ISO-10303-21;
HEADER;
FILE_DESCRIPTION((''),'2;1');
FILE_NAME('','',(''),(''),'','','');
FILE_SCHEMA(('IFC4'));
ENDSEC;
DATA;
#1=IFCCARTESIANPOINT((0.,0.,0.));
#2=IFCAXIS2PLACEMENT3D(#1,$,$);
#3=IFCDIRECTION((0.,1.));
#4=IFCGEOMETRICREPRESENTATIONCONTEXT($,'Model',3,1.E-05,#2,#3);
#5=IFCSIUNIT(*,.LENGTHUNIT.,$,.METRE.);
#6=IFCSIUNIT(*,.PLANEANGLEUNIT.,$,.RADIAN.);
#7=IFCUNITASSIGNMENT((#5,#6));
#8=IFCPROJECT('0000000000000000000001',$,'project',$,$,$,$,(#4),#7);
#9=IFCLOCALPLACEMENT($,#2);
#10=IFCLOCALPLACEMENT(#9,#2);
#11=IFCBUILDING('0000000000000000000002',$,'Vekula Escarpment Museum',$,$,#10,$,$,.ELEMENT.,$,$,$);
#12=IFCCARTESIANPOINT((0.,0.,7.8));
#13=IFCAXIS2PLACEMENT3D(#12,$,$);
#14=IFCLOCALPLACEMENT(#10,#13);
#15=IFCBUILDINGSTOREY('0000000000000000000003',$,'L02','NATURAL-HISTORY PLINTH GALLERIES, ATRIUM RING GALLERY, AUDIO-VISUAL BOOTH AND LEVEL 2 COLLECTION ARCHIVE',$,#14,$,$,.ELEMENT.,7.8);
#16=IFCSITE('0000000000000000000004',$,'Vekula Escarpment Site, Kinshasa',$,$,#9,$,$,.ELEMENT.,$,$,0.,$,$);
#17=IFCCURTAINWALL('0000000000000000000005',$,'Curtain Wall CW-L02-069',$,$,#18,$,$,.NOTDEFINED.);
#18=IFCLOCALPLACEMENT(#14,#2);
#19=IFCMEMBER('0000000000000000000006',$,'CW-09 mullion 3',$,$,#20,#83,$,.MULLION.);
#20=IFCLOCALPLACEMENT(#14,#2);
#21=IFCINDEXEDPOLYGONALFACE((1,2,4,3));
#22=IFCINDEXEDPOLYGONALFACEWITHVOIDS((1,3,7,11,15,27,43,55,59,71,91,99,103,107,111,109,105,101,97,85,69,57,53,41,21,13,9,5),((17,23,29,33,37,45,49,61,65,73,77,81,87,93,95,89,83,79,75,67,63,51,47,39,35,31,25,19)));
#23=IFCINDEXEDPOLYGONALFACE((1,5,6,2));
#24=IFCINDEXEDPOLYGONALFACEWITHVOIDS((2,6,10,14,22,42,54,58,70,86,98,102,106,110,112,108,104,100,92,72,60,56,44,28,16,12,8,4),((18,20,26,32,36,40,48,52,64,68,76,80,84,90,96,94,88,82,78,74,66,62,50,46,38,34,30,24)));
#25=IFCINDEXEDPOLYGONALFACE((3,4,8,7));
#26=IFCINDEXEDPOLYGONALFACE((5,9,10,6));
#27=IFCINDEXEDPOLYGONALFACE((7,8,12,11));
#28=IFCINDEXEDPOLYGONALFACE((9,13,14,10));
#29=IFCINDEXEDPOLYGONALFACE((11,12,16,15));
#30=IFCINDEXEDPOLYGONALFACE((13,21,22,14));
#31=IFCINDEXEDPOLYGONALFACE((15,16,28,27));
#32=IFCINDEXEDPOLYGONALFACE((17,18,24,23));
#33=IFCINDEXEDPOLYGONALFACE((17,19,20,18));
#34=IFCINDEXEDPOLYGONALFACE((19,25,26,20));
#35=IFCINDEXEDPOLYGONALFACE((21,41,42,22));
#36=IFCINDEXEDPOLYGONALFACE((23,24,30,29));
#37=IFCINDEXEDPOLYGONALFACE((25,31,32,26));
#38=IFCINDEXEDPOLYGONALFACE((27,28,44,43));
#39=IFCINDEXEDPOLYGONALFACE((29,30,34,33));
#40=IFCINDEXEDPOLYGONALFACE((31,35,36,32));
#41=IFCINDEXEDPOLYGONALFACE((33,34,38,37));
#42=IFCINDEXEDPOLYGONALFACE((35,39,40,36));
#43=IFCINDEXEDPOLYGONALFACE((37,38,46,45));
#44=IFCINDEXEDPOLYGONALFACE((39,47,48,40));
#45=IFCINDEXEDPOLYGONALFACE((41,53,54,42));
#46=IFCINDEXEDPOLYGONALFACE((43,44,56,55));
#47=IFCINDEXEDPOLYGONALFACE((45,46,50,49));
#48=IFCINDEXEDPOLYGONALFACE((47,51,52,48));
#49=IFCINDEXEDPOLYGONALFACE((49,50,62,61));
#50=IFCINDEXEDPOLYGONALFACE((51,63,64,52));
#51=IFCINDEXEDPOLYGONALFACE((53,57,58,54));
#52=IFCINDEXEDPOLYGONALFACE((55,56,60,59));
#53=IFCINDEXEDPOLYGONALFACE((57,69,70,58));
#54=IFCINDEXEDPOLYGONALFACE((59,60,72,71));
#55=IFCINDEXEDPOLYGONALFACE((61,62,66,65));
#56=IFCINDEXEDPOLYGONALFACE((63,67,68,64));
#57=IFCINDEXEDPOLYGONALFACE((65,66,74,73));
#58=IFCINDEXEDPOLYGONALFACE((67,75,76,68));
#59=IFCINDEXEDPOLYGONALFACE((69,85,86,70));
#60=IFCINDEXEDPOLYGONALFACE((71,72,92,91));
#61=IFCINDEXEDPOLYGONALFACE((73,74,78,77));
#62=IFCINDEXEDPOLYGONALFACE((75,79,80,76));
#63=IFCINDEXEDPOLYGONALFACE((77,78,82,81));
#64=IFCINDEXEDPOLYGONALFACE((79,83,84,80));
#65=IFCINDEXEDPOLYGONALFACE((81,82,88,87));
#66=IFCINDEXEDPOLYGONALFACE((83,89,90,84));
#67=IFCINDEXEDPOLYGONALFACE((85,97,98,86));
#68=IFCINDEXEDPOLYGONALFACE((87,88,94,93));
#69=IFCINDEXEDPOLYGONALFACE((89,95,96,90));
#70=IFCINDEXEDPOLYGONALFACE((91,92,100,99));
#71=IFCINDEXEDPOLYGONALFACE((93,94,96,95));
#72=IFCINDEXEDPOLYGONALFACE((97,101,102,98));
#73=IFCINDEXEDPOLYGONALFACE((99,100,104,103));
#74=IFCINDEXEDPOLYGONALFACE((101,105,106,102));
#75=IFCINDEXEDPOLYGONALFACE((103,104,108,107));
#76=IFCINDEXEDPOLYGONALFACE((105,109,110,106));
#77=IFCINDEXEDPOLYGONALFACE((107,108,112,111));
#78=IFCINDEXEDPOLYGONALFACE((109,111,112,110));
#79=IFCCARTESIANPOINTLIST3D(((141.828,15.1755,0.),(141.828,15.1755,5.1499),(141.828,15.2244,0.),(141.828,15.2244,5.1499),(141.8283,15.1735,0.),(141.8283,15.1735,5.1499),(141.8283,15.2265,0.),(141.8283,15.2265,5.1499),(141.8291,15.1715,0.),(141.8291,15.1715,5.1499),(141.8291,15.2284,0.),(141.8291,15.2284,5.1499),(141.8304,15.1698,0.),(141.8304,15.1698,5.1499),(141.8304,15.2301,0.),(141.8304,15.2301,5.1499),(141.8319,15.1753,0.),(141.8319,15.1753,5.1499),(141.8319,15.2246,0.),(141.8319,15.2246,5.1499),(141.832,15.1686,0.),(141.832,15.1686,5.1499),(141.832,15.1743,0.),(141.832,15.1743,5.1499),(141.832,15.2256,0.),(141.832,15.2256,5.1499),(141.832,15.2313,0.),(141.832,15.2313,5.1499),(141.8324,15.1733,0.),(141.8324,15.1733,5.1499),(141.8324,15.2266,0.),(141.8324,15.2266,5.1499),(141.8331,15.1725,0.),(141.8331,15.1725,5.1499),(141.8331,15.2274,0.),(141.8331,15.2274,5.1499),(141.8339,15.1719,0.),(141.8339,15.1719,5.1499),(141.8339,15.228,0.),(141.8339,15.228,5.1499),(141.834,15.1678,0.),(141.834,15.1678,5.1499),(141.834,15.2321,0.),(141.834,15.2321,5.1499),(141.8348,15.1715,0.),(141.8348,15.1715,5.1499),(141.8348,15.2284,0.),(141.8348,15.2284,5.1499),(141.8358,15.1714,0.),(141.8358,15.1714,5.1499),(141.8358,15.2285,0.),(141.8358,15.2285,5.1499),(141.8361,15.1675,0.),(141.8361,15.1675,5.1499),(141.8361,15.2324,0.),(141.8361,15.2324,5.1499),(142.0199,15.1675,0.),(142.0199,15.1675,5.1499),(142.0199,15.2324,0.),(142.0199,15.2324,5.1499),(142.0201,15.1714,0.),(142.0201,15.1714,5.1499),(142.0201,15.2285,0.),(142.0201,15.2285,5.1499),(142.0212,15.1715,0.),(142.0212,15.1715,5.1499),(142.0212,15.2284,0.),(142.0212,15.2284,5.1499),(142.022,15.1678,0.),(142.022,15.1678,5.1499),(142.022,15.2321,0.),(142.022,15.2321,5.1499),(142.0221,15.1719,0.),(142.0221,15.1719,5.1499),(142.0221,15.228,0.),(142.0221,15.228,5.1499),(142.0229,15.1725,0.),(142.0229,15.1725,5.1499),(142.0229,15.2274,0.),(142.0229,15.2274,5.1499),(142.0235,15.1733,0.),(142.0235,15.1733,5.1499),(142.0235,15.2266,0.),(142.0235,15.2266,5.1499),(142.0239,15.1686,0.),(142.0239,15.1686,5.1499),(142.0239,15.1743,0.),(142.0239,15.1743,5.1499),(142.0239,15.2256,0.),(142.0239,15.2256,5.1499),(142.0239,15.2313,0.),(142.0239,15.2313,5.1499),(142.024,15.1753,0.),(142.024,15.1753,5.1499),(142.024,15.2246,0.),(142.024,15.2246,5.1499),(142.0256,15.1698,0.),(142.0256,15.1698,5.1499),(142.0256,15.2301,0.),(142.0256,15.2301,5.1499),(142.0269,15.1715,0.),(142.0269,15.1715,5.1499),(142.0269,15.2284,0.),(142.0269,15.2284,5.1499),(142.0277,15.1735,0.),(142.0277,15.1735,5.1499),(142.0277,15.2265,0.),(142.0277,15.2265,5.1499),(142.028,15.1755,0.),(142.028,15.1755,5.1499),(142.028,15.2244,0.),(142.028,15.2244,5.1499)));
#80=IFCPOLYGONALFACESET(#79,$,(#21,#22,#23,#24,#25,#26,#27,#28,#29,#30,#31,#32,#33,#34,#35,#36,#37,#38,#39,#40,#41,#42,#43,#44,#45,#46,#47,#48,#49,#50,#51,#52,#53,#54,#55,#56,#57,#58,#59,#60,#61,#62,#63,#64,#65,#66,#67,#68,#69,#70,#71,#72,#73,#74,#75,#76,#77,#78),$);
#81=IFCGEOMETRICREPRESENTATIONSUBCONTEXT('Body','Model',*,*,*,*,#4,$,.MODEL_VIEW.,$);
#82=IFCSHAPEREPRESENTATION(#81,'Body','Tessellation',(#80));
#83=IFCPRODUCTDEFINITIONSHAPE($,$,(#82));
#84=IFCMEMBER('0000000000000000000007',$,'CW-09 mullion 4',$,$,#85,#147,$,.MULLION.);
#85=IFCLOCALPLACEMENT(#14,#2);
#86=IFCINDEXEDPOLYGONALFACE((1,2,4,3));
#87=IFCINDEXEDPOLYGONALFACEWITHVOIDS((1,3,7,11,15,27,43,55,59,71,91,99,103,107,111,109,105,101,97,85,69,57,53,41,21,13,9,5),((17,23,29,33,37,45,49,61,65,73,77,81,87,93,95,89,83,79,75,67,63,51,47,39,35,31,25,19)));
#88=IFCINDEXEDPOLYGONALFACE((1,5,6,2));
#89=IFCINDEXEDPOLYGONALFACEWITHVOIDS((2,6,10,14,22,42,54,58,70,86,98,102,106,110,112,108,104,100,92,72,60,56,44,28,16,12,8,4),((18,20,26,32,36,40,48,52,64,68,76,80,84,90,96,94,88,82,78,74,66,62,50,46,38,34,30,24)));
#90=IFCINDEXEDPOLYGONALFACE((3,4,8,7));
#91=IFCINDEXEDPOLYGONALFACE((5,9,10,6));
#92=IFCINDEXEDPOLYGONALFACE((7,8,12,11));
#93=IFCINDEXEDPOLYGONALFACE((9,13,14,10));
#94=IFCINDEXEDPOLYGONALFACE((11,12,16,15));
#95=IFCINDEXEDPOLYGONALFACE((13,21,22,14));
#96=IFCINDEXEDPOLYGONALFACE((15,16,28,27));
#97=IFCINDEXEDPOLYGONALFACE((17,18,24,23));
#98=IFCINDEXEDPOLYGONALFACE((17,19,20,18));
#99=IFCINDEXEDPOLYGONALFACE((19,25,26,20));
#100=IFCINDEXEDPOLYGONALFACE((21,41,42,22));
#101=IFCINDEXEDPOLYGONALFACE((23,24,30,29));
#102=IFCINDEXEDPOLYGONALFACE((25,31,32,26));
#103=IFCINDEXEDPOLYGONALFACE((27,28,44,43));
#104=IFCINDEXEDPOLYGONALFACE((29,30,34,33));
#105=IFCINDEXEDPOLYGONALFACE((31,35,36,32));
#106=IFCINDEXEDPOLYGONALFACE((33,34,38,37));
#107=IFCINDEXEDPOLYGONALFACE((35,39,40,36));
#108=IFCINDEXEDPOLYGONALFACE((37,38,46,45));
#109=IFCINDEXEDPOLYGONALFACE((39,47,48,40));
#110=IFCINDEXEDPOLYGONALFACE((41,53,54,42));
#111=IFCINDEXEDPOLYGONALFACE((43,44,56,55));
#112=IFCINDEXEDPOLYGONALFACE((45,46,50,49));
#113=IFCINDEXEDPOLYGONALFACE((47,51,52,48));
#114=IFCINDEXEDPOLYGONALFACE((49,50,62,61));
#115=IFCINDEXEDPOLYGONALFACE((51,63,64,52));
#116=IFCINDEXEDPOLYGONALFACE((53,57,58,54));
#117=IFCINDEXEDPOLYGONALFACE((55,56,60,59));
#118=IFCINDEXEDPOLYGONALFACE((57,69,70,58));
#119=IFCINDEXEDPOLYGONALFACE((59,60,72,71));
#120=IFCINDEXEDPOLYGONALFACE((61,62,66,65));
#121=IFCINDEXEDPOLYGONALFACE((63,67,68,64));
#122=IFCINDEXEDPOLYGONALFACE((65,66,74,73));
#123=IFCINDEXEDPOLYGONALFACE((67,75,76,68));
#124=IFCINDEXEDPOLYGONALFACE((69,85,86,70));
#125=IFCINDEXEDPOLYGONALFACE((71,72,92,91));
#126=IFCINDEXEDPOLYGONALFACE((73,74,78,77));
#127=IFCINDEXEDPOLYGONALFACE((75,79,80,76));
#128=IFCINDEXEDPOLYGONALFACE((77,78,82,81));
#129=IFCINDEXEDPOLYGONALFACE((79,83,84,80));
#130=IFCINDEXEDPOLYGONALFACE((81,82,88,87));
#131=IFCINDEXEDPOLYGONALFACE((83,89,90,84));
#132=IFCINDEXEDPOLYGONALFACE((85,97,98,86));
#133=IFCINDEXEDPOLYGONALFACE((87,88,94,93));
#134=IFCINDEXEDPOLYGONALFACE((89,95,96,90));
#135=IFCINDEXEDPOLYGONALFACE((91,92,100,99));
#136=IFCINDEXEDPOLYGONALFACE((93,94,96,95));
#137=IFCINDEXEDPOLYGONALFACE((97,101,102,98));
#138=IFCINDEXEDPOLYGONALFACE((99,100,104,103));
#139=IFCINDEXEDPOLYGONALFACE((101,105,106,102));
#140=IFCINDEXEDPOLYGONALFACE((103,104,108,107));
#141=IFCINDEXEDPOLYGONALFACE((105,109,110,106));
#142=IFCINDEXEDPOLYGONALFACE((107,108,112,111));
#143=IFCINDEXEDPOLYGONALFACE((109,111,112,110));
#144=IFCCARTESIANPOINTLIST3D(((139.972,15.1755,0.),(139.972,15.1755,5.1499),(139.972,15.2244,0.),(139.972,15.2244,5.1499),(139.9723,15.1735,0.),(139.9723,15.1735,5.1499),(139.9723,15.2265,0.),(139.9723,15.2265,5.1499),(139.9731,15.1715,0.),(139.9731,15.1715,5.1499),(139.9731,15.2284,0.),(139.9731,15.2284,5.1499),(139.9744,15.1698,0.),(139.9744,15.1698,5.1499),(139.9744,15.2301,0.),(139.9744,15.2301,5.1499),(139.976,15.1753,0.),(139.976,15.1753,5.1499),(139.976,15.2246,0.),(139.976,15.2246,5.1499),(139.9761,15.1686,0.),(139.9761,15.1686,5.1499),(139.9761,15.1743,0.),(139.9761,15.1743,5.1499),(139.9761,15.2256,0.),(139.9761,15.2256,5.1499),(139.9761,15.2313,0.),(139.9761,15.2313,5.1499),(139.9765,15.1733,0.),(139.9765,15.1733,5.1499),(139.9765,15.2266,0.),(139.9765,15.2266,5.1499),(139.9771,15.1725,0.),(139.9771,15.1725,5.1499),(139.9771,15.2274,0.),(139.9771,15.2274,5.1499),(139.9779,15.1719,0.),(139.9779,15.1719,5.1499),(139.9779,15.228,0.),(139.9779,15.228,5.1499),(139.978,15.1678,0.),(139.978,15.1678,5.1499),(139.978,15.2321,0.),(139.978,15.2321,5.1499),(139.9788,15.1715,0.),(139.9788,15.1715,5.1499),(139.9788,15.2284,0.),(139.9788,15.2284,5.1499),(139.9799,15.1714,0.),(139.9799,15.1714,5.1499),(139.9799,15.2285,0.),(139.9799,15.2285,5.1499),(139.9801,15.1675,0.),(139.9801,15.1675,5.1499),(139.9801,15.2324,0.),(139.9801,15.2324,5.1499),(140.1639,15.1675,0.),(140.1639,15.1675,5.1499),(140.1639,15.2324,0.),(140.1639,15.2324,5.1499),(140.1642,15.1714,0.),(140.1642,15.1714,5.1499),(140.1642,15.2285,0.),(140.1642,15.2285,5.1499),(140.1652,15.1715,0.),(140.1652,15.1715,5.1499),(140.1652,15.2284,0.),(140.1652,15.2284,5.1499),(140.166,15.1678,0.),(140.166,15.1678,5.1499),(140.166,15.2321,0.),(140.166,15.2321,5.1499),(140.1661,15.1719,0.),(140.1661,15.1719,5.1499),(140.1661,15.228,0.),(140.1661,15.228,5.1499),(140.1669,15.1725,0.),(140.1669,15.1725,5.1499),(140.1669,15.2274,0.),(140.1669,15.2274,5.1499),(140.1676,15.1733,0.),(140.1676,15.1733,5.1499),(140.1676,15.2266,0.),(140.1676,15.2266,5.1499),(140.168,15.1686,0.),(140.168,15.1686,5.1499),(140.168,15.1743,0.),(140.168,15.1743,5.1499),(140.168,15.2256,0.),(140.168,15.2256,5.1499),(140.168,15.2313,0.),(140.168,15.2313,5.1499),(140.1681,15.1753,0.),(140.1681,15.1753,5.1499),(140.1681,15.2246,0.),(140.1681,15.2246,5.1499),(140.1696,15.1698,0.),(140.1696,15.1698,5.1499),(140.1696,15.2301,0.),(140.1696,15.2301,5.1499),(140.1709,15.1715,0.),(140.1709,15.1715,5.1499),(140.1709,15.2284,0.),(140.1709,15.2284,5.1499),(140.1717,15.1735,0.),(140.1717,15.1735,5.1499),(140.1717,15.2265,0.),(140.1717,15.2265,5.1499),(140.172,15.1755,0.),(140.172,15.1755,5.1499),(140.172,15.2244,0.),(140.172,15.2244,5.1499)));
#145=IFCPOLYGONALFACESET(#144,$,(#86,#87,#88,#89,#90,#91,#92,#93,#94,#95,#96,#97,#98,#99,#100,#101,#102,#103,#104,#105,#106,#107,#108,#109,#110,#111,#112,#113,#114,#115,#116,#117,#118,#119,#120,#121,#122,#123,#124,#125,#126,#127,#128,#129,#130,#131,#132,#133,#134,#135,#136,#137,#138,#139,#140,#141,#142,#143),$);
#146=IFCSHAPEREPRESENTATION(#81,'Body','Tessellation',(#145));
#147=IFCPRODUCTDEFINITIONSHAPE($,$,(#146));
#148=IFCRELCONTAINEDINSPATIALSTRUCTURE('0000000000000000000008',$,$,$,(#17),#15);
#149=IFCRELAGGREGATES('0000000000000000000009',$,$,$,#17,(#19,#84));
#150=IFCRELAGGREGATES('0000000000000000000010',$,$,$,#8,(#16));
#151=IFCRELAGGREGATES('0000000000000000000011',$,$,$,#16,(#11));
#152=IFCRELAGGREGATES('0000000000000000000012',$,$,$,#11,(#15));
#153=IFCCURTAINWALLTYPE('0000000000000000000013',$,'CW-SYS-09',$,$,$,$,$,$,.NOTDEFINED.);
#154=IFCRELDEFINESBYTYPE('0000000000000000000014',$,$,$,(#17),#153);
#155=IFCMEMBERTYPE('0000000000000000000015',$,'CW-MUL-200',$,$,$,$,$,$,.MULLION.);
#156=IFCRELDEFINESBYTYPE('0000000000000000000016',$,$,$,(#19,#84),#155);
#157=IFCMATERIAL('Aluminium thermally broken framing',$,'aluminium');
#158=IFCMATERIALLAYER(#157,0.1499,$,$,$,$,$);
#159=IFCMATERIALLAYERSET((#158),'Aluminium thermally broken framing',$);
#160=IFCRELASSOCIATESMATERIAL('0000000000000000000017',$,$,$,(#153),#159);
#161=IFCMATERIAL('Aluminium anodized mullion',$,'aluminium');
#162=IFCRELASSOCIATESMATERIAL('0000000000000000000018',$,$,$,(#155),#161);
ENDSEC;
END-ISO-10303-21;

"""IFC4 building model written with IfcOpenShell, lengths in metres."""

from ifc_helpers import new_model, si_unit, direction, frame, origin, origin_2d, place, context, subcontext, project, spatial, hollow_rectangle, extrude, material, layer, layer_set, material_profile, profile_set, type_object, element, aggregate, save


model = new_model("IFC4")

# Units and contexts
model_context = context("Model", 3, precision=1e-05, world=origin(), true_north=direction((0.0, 1.0)))
body_context = subcontext(model_context, "Body", "Model", "MODEL_VIEW")
ifc_project = project(units=[si_unit("LENGTHUNIT", "METRE"), si_unit("PLANEANGLEUNIT", "RADIAN")], contexts=[model_context])

# Site, building, storey
site_placement = place(None, origin())
site = spatial("IfcSite", under=ifc_project, at=site_placement, Name="Vekula Escarpment Site, Kinshasa", CompositionType="ELEMENT", RefElevation=0.0)
building_placement = place(site_placement, origin())
building = spatial("IfcBuilding", under=site, at=building_placement, Name="Vekula Escarpment Museum", CompositionType="ELEMENT")
storey_placement = place(building_placement, frame((0.0, 0.0, 7.8)))
storey = spatial("IfcBuildingStorey", under=building, at=storey_placement, Name="L02", Description="NATURAL-HISTORY PLINTH GALLERIES, ATRIUM RING GALLERY, AUDIO-VISUAL BOOTH AND LEVEL 2 COLLECTION ARCHIVE", CompositionType="ELEMENT", Elevation=7.8)

# Curtain wall, members
ifc_material_1 = material(Name="Aluminium thermally broken framing", Category="aluminium")
ifc_layer_1 = layer(ifc_material_1, 0.1499)
ifc_layer_set_1 = layer_set([ifc_layer_1], Name="Aluminium thermally broken framing")
curtain_wall_type = type_object("IfcCurtainWallType", Name="CW-SYS-09", PredefinedType="NOTDEFINED", material=ifc_layer_set_1)
curtain_wall_placement = place(storey_placement, origin())
curtain_wall = element("IfcCurtainWall", 1, at=curtain_wall_placement, inside=storey, type_object=curtain_wall_type, Name="Curtain Wall CW-L02-069", PredefinedType="NOTDEFINED")
ifc_material_2 = material(Name="Aluminium anodized mullion", Category="aluminium")
ifc_material_profile_1 = material_profile(ifc_material_2, hollow_rectangle(XDim=0.0649, YDim=0.2, WallThickness=0.0039, InnerFilletRadius=0.0039, OuterFilletRadius=0.0081, at=origin_2d()), Name="ALU 200x65x4")
ifc_profile_set_1 = profile_set([ifc_material_profile_1], Name="Aluminium anodized mullion")
member_type_1 = type_object("IfcMemberType", Name="CW-MUL-200", PredefinedType="MULLION", material=ifc_profile_set_1)
member_1_placement = place(storey_placement, frame((141.928, 15.2, 0.0), z_axis=(0.0, 0.0, 1.0), x_axis=(0.0, -1.0, 0.0)))
member_1 = element("IfcMember", 2, at=member_1_placement, type_object=member_type_1, Name="CW-09 mullion 3", PredefinedType="MULLION", context=body_context, shape_type="SweptSolid", body=[
    extrude(hollow_rectangle(XDim=0.0649, YDim=0.2, WallThickness=0.0039, InnerFilletRadius=0.0039, OuterFilletRadius=0.0081, at=origin_2d()), origin(), (0.0, 0.0, 1.0), 5.1499),
])
member_2_placement = place(storey_placement, frame((140.072, 15.2, 0.0), z_axis=(0.0, 0.0, 1.0), x_axis=(0.0, -1.0, 0.0)))
member_2 = element("IfcMember", 3, at=member_2_placement, type_object=member_type_1, Name="CW-09 mullion 4", PredefinedType="MULLION", context=body_context, shape_type="SweptSolid", body=[
    extrude(hollow_rectangle(XDim=0.0649, YDim=0.2, WallThickness=0.0039, InnerFilletRadius=0.0039, OuterFilletRadius=0.0081, at=origin_2d()), origin(), (0.0, 0.0, 1.0), 5.1499),
])
aggregate(curtain_wall, [member_1, member_2])

save(model, "model.ifc")
